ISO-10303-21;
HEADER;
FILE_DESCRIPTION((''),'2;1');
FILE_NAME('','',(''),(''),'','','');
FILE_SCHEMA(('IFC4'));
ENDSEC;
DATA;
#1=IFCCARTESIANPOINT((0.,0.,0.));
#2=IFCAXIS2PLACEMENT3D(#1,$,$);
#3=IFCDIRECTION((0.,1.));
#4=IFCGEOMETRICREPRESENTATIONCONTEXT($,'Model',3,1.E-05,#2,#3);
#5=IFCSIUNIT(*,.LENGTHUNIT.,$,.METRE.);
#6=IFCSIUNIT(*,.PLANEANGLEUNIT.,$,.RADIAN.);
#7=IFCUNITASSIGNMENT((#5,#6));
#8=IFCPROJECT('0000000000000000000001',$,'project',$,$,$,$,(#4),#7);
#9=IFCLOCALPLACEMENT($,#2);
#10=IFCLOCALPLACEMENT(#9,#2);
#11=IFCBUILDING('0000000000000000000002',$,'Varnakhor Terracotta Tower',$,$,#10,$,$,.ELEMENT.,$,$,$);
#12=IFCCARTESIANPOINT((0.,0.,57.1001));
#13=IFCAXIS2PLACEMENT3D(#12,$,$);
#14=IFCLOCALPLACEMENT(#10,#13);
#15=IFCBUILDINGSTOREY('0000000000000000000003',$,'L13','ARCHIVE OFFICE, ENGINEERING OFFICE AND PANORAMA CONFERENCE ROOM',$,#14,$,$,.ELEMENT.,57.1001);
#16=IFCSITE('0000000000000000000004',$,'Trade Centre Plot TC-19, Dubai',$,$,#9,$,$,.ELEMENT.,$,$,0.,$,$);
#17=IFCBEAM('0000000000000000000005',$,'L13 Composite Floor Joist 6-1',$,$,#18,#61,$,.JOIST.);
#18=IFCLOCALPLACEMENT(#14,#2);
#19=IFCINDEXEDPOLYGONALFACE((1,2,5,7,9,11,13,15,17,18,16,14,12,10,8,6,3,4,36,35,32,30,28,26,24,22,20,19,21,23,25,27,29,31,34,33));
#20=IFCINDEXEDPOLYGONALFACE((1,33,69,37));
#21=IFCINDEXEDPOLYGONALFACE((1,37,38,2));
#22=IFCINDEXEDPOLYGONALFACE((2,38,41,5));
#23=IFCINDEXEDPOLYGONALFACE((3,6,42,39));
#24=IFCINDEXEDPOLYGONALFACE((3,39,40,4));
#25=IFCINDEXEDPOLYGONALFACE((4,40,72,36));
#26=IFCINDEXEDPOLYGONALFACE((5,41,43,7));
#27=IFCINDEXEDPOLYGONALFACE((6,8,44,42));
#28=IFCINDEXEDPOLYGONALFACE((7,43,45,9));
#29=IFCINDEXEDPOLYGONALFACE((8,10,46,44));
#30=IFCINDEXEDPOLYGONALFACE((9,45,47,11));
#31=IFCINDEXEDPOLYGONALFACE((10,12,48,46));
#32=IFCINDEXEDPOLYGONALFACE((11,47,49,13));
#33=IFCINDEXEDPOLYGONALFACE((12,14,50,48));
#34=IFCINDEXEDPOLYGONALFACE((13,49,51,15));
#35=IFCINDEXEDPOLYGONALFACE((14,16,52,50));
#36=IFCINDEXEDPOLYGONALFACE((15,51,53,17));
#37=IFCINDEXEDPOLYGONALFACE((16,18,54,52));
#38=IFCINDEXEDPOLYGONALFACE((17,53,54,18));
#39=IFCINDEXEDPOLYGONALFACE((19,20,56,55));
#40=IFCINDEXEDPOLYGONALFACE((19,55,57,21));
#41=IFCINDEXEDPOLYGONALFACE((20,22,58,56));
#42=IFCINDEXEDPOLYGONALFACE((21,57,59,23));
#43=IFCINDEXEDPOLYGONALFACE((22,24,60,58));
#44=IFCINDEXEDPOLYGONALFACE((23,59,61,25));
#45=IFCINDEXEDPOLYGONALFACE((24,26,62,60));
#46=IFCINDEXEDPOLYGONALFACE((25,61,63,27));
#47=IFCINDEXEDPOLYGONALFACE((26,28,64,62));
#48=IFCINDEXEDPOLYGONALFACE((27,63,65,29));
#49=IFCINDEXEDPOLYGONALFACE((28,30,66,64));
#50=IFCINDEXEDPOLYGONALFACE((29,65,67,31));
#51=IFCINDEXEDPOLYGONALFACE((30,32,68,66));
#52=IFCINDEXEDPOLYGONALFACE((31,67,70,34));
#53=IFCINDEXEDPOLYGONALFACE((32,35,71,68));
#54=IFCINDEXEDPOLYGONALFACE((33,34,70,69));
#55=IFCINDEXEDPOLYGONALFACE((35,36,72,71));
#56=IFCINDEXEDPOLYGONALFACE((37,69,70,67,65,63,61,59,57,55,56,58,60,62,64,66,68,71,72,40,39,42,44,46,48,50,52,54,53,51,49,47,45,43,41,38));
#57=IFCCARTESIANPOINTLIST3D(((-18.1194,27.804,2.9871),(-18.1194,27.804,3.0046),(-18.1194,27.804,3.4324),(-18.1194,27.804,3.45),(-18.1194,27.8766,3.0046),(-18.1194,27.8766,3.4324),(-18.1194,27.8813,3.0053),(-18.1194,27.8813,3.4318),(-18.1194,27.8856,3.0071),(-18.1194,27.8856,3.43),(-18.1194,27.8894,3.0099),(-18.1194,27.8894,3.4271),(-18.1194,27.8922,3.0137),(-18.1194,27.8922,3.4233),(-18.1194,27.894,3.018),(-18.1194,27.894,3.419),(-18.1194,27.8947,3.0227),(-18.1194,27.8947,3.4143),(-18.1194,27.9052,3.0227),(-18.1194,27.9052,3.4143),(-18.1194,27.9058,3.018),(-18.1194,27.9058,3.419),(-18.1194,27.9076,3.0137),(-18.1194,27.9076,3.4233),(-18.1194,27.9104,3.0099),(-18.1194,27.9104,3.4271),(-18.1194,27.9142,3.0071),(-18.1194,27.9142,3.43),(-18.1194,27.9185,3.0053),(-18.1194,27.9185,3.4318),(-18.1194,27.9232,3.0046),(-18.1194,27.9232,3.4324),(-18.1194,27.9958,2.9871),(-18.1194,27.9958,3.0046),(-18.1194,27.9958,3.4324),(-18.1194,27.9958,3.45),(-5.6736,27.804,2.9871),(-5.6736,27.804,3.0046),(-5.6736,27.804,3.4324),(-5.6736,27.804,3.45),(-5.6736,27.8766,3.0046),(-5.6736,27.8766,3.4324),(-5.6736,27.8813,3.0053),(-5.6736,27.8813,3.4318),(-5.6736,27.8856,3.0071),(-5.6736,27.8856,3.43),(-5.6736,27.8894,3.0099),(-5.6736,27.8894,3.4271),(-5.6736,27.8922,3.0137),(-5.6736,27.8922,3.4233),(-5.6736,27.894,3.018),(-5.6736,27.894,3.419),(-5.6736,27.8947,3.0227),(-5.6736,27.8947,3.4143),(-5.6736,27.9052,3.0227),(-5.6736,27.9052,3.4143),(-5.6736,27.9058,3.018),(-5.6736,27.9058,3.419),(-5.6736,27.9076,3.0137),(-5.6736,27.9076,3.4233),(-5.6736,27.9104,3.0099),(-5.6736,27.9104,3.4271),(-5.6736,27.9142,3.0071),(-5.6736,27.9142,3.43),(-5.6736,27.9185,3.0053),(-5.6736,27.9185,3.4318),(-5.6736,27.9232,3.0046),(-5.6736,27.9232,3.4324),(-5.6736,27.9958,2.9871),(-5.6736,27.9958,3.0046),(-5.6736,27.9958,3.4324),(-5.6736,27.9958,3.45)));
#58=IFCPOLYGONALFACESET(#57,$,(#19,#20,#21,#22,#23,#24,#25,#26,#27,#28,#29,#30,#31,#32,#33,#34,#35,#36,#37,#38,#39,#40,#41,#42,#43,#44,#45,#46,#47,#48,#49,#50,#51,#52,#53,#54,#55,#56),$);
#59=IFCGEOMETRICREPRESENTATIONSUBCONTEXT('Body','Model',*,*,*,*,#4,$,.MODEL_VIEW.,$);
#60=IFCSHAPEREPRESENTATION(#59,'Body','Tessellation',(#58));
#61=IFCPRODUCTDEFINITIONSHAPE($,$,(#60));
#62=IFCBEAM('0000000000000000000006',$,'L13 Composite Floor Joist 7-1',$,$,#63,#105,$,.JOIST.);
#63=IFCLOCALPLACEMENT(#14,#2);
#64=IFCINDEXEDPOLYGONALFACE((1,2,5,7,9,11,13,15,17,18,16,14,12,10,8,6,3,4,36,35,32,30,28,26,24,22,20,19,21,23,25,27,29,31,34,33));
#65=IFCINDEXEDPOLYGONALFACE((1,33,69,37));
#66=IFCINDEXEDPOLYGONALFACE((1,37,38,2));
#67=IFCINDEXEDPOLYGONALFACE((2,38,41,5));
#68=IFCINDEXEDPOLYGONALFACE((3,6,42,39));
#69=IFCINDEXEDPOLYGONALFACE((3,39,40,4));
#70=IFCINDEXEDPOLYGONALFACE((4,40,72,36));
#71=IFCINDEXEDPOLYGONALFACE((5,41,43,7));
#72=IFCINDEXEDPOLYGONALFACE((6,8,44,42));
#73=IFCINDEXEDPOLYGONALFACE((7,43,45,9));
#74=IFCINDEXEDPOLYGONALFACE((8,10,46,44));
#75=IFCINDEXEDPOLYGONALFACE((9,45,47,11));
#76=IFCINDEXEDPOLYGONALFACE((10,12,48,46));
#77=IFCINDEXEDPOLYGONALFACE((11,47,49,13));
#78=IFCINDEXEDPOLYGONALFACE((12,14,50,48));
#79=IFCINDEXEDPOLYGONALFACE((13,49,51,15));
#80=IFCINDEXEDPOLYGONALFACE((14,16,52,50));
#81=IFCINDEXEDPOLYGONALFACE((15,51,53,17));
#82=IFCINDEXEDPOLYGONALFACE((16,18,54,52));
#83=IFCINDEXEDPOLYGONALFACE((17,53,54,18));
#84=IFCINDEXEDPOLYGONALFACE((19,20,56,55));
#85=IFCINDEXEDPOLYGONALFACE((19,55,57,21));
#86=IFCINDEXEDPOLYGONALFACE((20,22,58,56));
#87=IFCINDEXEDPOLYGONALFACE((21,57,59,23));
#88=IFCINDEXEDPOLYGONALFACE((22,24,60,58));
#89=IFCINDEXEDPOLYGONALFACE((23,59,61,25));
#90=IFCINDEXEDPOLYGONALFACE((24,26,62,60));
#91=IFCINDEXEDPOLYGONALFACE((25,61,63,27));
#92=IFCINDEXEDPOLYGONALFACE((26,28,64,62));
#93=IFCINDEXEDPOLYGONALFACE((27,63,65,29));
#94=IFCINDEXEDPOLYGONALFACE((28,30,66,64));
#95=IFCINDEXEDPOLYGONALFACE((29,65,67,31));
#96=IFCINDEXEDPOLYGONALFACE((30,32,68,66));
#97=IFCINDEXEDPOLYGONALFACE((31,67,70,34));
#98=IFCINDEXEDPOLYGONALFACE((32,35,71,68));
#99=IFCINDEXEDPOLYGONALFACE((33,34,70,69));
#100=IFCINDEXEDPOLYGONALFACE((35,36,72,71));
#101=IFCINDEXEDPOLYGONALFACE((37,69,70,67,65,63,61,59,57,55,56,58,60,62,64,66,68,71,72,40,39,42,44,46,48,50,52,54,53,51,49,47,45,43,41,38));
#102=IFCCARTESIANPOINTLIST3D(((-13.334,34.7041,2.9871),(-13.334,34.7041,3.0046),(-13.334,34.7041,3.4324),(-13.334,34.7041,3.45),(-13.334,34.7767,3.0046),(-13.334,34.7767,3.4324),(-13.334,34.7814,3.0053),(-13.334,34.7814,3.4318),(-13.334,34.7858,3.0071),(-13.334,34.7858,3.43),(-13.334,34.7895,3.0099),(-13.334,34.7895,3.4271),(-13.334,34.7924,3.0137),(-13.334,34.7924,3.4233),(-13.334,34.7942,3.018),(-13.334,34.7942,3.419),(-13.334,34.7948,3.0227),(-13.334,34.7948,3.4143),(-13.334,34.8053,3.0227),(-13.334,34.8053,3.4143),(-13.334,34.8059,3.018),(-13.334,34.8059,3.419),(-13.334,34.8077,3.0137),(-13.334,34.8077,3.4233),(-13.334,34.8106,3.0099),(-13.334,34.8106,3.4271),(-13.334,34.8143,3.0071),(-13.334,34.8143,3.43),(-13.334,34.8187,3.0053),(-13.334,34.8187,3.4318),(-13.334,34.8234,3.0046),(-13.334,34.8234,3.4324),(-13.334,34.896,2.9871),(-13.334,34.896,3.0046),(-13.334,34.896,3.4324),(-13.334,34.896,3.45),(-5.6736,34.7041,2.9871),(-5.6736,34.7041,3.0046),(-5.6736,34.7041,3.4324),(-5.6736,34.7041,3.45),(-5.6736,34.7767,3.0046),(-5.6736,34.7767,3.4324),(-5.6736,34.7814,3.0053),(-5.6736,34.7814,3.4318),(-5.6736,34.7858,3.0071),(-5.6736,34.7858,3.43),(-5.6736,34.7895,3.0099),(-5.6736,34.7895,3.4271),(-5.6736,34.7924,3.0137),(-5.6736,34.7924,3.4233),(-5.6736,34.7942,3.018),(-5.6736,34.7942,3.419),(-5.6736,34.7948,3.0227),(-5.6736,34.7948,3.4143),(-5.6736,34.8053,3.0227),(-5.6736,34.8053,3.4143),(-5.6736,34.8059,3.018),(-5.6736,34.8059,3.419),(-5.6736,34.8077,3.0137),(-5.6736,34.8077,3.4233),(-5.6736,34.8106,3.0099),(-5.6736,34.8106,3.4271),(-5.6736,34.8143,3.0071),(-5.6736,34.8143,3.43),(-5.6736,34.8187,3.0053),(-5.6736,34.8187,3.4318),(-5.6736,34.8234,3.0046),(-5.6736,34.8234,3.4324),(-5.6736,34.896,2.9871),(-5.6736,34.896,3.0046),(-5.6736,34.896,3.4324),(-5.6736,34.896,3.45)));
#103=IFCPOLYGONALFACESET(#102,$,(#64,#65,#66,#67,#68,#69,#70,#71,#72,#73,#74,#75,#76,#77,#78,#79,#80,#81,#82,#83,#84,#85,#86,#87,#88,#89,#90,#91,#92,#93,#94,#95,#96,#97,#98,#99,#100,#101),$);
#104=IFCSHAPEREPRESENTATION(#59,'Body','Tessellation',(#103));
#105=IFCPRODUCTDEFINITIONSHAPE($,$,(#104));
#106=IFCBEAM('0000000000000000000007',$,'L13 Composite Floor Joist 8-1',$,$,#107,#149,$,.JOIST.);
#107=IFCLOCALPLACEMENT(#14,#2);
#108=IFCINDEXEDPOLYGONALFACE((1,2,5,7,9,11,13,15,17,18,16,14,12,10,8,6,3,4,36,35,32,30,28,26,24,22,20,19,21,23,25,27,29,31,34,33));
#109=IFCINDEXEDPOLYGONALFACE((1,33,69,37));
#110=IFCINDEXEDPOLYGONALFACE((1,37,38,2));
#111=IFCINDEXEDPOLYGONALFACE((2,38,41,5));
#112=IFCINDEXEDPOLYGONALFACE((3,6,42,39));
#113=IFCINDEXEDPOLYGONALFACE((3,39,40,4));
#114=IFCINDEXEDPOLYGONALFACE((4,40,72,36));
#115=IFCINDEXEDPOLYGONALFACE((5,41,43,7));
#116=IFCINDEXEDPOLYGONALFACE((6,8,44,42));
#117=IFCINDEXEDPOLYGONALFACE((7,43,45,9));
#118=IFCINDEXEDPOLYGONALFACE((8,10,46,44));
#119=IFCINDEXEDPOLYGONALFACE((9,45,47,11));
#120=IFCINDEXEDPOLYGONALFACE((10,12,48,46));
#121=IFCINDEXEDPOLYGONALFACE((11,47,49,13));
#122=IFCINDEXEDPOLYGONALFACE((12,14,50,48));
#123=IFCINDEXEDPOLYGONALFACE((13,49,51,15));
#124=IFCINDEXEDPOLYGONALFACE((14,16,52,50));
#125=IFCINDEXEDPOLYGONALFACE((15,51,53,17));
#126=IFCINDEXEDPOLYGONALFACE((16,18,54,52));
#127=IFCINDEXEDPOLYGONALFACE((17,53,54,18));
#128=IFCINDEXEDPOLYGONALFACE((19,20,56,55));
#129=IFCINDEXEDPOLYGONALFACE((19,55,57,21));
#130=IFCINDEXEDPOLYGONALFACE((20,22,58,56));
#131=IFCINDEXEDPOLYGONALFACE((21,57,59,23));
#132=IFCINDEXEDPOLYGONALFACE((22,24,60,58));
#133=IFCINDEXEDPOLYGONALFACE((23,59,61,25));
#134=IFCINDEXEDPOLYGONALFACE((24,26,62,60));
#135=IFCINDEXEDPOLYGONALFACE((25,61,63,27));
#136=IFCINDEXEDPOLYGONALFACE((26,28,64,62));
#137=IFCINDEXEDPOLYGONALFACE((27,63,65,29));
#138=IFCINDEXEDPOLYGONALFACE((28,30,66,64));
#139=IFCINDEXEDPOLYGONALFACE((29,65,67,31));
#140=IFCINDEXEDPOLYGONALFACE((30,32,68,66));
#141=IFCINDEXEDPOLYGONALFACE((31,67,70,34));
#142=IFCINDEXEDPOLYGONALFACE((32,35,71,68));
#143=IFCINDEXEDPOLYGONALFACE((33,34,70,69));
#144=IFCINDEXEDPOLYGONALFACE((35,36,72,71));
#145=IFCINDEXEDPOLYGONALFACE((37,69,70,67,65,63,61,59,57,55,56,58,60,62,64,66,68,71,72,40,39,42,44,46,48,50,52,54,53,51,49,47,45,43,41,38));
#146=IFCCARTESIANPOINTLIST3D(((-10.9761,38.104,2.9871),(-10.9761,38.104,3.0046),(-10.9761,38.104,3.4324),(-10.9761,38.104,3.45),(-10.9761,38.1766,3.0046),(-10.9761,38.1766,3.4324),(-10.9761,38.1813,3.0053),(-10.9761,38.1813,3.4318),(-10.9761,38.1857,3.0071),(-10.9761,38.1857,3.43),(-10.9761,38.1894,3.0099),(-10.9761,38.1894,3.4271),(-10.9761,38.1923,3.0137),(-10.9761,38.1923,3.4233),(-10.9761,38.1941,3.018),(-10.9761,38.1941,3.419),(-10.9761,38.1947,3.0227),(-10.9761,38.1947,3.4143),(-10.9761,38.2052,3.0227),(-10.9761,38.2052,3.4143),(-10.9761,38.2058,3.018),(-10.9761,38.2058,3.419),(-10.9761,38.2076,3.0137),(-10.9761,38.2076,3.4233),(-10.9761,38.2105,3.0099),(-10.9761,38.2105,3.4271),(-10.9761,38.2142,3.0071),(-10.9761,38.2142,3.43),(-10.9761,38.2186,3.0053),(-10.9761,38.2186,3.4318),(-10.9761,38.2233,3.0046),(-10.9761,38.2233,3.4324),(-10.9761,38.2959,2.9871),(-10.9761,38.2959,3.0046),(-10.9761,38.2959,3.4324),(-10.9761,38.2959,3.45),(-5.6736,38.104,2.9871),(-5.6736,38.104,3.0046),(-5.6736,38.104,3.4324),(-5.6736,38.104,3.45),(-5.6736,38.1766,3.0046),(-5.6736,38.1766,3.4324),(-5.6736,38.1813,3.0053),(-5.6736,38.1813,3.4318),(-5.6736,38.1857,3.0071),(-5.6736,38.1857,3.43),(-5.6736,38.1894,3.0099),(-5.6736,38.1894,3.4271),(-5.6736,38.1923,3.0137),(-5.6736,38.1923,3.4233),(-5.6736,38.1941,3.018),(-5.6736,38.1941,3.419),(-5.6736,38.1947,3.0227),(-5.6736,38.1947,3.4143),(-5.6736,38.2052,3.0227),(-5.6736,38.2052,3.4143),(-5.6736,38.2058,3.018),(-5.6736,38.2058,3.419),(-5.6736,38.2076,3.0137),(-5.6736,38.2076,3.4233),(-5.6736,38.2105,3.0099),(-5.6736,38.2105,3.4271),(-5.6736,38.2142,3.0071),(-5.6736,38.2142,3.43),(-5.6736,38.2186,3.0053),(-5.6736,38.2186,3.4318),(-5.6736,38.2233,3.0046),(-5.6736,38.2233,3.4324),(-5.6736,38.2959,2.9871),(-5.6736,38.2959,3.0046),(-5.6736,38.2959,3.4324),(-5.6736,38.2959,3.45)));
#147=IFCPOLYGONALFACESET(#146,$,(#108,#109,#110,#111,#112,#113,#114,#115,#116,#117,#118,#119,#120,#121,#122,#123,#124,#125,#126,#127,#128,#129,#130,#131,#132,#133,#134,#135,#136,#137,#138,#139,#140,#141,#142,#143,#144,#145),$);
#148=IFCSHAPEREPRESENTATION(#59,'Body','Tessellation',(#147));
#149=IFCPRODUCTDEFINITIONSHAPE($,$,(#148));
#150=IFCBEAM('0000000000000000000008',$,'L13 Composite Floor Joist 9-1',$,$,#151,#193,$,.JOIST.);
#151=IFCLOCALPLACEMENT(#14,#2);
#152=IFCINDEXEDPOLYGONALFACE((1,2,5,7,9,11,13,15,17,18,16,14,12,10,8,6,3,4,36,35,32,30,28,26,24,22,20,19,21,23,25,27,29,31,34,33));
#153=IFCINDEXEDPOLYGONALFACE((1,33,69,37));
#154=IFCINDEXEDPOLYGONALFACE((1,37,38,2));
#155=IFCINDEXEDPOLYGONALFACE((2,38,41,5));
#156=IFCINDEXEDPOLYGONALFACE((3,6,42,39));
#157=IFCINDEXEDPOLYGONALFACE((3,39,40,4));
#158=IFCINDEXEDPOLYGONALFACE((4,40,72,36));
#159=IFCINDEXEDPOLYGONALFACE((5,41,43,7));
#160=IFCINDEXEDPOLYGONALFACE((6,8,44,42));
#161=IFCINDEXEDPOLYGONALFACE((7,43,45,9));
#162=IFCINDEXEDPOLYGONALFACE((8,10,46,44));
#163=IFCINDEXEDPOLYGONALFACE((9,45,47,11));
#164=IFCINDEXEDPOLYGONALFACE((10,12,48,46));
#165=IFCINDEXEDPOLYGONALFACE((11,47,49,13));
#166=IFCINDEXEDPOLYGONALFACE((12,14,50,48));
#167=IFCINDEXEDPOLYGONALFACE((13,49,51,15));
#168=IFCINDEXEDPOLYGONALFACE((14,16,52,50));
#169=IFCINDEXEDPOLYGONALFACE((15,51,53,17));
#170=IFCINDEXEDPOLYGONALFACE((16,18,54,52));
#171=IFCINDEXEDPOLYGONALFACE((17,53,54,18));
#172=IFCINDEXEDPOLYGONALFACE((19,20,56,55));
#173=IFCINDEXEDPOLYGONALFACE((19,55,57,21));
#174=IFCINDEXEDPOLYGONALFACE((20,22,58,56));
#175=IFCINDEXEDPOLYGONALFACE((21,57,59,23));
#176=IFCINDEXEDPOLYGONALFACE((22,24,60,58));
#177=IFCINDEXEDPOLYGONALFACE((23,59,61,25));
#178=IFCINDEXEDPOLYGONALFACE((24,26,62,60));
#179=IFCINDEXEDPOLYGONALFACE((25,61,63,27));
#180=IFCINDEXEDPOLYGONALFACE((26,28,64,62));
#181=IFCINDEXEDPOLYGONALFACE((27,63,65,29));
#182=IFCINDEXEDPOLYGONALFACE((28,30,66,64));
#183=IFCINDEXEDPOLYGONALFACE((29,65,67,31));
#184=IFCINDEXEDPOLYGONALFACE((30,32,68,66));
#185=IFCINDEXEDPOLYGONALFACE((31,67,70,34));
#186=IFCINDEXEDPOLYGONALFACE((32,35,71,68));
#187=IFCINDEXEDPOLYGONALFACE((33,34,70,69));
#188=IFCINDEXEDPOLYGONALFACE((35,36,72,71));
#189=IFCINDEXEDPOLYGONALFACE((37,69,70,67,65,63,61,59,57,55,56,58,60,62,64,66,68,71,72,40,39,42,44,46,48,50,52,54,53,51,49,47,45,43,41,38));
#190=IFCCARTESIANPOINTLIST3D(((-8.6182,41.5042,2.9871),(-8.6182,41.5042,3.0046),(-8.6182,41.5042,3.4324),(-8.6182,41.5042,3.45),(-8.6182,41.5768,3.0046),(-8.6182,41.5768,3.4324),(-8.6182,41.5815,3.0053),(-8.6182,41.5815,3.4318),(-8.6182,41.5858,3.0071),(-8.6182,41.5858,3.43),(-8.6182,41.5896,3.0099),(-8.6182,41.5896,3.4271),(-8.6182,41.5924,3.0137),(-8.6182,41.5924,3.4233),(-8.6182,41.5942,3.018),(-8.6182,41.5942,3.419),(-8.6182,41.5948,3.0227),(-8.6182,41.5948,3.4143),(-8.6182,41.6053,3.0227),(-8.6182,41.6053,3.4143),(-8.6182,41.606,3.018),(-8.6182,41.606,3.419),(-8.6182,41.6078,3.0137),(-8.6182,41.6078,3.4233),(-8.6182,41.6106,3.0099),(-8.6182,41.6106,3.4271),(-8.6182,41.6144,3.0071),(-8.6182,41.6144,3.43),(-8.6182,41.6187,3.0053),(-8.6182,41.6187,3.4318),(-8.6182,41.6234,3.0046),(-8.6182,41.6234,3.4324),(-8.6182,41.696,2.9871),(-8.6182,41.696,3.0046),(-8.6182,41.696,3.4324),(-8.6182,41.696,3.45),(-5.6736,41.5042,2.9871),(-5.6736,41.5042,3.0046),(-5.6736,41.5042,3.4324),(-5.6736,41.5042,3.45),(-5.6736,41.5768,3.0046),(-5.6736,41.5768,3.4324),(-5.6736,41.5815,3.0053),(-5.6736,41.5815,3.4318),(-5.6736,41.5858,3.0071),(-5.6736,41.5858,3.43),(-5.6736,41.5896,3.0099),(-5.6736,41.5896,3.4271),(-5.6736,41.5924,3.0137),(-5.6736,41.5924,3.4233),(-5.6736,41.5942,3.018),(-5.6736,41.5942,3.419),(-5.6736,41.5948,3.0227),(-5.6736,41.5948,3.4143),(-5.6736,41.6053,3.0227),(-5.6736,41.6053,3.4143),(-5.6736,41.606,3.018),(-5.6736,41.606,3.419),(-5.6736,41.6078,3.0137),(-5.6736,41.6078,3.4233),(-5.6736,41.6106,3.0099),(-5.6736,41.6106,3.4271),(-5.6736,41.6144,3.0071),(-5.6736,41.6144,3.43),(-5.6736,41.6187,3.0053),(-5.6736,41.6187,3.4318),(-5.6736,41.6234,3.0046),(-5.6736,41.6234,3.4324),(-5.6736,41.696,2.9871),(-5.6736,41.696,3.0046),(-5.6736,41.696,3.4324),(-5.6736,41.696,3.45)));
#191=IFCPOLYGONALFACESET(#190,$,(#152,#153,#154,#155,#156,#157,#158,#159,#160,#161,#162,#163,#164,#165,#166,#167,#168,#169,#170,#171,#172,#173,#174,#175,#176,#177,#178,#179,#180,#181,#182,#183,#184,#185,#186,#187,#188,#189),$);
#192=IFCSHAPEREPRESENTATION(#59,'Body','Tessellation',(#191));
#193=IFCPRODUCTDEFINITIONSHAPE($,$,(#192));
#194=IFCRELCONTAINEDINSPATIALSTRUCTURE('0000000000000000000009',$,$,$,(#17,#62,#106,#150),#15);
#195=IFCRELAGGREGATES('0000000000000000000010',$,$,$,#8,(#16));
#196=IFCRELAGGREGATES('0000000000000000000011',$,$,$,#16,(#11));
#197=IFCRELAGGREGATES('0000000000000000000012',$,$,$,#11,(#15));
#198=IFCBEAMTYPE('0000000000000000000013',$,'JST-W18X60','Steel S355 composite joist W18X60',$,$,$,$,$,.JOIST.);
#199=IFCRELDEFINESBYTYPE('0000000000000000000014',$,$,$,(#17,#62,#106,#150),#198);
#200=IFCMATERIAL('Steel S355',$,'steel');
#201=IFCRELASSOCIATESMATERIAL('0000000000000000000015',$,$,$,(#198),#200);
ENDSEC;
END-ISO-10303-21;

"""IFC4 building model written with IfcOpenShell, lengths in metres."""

from ifc_helpers import new_model, si_unit, direction, frame, origin, origin_2d, place, context, subcontext, project, spatial, i_section, extrude, source, transform, mapped, material, material_profile, profile_set, type_object, element, save


model = new_model("IFC4")

# Units and contexts
model_context = context("Model", 3, precision=1e-05, world=origin(), true_north=direction((0.0, 1.0)))
body_context = subcontext(model_context, "Body", "Model", "MODEL_VIEW")
ifc_project = project(units=[si_unit("LENGTHUNIT", "METRE"), si_unit("PLANEANGLEUNIT", "RADIAN")], contexts=[model_context])

# Site, building, storey
site_placement = place(None, origin())
site = spatial("IfcSite", under=ifc_project, at=site_placement, Name="Trade Centre Plot TC-19, Dubai", CompositionType="ELEMENT", RefElevation=0.0)
building_placement = place(site_placement, origin())
building = spatial("IfcBuilding", under=site, at=building_placement, Name="Varnakhor Terracotta Tower", CompositionType="ELEMENT")
storey_placement = place(building_placement, frame((0.0, 0.0, 57.1001)))
storey = spatial("IfcBuildingStorey", under=building, at=storey_placement, Name="L13", Description="ARCHIVE OFFICE, ENGINEERING OFFICE AND PANORAMA CONFERENCE ROOM", CompositionType="ELEMENT", Elevation=57.1001)

# Beams
ifc_material_1 = material(Name="Steel S355", Category="steel")
ifc_material_profile_1 = material_profile(ifc_material_1, i_section(OverallWidth=0.1919, OverallDepth=0.4629, WebThickness=0.0105, FlangeThickness=0.0176, FilletRadius=0.0181, at=origin_2d()), Name="W18X60")
ifc_profile_set_1 = profile_set([ifc_material_profile_1], Name="Steel S355")
beam_type_1 = type_object("IfcBeamType", Name="JST-W18X60", Description="Steel S355 composite joist W18X60", PredefinedType="JOIST", material=ifc_profile_set_1)
shared_shape_1 = source(origin(), body_context, "Body", "SweptSolid", [
    extrude(i_section(OverallWidth=0.1919, OverallDepth=0.4629, WebThickness=0.0105, FlangeThickness=0.0176, FilletRadius=0.0181, at=origin_2d()), origin(), (0.0, 0.0, 1.0), 12.4458),
])
beam_1_placement = place(storey_placement, frame((-18.1194, 27.8999, 3.2185), z_axis=(1.0, 0.0, 0.0), x_axis=(0.0, 1.0, 0.0)))
element("IfcBeam", 1, at=beam_1_placement, inside=storey, type_object=beam_type_1, Name="L13 Composite Floor Joist 6-1", PredefinedType="JOIST", context=body_context, shape_type="MappedRepresentation", body=[
    mapped(shared_shape_1, transform((0.0, 0.0, 0.0), scale=1.0)),
])
shared_shape_2 = source(origin(), body_context, "Body", "SweptSolid", [
    extrude(i_section(OverallWidth=0.1919, OverallDepth=0.4629, WebThickness=0.0105, FlangeThickness=0.0176, FilletRadius=0.0181, at=origin_2d()), origin(), (0.0, 0.0, 1.0), 7.6604),
])
beam_2_placement = place(storey_placement, frame((-13.334, 34.8, 3.2185), z_axis=(1.0, 0.0, 0.0), x_axis=(0.0, 1.0, 0.0)))
element("IfcBeam", 2, at=beam_2_placement, inside=storey, type_object=beam_type_1, Name="L13 Composite Floor Joist 7-1", PredefinedType="JOIST", context=body_context, shape_type="MappedRepresentation", body=[
    mapped(shared_shape_2, transform((0.0, 0.0, 0.0), scale=1.0)),
])
shared_shape_3 = source(origin(), body_context, "Body", "SweptSolid", [
    extrude(i_section(OverallWidth=0.1919, OverallDepth=0.4629, WebThickness=0.0105, FlangeThickness=0.0176, FilletRadius=0.0181, at=origin_2d()), origin(), (0.0, 0.0, 1.0), 5.3025),
])
beam_3_placement = place(storey_placement, frame((-10.9761, 38.2, 3.2185), z_axis=(1.0, 0.0, 0.0), x_axis=(0.0, 1.0, 0.0)))
element("IfcBeam", 3, at=beam_3_placement, inside=storey, type_object=beam_type_1, Name="L13 Composite Floor Joist 8-1", PredefinedType="JOIST", context=body_context, shape_type="MappedRepresentation", body=[
    mapped(shared_shape_3, transform((0.0, 0.0, 0.0), scale=1.0)),
])
shared_shape_4 = source(origin(), body_context, "Body", "SweptSolid", [
    extrude(i_section(OverallWidth=0.1919, OverallDepth=0.4629, WebThickness=0.0105, FlangeThickness=0.0176, FilletRadius=0.0181, at=origin_2d()), origin(), (0.0, 0.0, 1.0), 2.9446),
])
beam_4_placement = place(storey_placement, frame((-8.6182, 41.6001, 3.2185), z_axis=(1.0, 0.0, 0.0), x_axis=(0.0, 1.0, 0.0)))
element("IfcBeam", 4, at=beam_4_placement, inside=storey, type_object=beam_type_1, Name="L13 Composite Floor Joist 9-1", PredefinedType="JOIST", context=body_context, shape_type="MappedRepresentation", body=[
    mapped(shared_shape_4, transform((0.0, 0.0, 0.0), scale=1.0)),
])

save(model, "model.ifc")
